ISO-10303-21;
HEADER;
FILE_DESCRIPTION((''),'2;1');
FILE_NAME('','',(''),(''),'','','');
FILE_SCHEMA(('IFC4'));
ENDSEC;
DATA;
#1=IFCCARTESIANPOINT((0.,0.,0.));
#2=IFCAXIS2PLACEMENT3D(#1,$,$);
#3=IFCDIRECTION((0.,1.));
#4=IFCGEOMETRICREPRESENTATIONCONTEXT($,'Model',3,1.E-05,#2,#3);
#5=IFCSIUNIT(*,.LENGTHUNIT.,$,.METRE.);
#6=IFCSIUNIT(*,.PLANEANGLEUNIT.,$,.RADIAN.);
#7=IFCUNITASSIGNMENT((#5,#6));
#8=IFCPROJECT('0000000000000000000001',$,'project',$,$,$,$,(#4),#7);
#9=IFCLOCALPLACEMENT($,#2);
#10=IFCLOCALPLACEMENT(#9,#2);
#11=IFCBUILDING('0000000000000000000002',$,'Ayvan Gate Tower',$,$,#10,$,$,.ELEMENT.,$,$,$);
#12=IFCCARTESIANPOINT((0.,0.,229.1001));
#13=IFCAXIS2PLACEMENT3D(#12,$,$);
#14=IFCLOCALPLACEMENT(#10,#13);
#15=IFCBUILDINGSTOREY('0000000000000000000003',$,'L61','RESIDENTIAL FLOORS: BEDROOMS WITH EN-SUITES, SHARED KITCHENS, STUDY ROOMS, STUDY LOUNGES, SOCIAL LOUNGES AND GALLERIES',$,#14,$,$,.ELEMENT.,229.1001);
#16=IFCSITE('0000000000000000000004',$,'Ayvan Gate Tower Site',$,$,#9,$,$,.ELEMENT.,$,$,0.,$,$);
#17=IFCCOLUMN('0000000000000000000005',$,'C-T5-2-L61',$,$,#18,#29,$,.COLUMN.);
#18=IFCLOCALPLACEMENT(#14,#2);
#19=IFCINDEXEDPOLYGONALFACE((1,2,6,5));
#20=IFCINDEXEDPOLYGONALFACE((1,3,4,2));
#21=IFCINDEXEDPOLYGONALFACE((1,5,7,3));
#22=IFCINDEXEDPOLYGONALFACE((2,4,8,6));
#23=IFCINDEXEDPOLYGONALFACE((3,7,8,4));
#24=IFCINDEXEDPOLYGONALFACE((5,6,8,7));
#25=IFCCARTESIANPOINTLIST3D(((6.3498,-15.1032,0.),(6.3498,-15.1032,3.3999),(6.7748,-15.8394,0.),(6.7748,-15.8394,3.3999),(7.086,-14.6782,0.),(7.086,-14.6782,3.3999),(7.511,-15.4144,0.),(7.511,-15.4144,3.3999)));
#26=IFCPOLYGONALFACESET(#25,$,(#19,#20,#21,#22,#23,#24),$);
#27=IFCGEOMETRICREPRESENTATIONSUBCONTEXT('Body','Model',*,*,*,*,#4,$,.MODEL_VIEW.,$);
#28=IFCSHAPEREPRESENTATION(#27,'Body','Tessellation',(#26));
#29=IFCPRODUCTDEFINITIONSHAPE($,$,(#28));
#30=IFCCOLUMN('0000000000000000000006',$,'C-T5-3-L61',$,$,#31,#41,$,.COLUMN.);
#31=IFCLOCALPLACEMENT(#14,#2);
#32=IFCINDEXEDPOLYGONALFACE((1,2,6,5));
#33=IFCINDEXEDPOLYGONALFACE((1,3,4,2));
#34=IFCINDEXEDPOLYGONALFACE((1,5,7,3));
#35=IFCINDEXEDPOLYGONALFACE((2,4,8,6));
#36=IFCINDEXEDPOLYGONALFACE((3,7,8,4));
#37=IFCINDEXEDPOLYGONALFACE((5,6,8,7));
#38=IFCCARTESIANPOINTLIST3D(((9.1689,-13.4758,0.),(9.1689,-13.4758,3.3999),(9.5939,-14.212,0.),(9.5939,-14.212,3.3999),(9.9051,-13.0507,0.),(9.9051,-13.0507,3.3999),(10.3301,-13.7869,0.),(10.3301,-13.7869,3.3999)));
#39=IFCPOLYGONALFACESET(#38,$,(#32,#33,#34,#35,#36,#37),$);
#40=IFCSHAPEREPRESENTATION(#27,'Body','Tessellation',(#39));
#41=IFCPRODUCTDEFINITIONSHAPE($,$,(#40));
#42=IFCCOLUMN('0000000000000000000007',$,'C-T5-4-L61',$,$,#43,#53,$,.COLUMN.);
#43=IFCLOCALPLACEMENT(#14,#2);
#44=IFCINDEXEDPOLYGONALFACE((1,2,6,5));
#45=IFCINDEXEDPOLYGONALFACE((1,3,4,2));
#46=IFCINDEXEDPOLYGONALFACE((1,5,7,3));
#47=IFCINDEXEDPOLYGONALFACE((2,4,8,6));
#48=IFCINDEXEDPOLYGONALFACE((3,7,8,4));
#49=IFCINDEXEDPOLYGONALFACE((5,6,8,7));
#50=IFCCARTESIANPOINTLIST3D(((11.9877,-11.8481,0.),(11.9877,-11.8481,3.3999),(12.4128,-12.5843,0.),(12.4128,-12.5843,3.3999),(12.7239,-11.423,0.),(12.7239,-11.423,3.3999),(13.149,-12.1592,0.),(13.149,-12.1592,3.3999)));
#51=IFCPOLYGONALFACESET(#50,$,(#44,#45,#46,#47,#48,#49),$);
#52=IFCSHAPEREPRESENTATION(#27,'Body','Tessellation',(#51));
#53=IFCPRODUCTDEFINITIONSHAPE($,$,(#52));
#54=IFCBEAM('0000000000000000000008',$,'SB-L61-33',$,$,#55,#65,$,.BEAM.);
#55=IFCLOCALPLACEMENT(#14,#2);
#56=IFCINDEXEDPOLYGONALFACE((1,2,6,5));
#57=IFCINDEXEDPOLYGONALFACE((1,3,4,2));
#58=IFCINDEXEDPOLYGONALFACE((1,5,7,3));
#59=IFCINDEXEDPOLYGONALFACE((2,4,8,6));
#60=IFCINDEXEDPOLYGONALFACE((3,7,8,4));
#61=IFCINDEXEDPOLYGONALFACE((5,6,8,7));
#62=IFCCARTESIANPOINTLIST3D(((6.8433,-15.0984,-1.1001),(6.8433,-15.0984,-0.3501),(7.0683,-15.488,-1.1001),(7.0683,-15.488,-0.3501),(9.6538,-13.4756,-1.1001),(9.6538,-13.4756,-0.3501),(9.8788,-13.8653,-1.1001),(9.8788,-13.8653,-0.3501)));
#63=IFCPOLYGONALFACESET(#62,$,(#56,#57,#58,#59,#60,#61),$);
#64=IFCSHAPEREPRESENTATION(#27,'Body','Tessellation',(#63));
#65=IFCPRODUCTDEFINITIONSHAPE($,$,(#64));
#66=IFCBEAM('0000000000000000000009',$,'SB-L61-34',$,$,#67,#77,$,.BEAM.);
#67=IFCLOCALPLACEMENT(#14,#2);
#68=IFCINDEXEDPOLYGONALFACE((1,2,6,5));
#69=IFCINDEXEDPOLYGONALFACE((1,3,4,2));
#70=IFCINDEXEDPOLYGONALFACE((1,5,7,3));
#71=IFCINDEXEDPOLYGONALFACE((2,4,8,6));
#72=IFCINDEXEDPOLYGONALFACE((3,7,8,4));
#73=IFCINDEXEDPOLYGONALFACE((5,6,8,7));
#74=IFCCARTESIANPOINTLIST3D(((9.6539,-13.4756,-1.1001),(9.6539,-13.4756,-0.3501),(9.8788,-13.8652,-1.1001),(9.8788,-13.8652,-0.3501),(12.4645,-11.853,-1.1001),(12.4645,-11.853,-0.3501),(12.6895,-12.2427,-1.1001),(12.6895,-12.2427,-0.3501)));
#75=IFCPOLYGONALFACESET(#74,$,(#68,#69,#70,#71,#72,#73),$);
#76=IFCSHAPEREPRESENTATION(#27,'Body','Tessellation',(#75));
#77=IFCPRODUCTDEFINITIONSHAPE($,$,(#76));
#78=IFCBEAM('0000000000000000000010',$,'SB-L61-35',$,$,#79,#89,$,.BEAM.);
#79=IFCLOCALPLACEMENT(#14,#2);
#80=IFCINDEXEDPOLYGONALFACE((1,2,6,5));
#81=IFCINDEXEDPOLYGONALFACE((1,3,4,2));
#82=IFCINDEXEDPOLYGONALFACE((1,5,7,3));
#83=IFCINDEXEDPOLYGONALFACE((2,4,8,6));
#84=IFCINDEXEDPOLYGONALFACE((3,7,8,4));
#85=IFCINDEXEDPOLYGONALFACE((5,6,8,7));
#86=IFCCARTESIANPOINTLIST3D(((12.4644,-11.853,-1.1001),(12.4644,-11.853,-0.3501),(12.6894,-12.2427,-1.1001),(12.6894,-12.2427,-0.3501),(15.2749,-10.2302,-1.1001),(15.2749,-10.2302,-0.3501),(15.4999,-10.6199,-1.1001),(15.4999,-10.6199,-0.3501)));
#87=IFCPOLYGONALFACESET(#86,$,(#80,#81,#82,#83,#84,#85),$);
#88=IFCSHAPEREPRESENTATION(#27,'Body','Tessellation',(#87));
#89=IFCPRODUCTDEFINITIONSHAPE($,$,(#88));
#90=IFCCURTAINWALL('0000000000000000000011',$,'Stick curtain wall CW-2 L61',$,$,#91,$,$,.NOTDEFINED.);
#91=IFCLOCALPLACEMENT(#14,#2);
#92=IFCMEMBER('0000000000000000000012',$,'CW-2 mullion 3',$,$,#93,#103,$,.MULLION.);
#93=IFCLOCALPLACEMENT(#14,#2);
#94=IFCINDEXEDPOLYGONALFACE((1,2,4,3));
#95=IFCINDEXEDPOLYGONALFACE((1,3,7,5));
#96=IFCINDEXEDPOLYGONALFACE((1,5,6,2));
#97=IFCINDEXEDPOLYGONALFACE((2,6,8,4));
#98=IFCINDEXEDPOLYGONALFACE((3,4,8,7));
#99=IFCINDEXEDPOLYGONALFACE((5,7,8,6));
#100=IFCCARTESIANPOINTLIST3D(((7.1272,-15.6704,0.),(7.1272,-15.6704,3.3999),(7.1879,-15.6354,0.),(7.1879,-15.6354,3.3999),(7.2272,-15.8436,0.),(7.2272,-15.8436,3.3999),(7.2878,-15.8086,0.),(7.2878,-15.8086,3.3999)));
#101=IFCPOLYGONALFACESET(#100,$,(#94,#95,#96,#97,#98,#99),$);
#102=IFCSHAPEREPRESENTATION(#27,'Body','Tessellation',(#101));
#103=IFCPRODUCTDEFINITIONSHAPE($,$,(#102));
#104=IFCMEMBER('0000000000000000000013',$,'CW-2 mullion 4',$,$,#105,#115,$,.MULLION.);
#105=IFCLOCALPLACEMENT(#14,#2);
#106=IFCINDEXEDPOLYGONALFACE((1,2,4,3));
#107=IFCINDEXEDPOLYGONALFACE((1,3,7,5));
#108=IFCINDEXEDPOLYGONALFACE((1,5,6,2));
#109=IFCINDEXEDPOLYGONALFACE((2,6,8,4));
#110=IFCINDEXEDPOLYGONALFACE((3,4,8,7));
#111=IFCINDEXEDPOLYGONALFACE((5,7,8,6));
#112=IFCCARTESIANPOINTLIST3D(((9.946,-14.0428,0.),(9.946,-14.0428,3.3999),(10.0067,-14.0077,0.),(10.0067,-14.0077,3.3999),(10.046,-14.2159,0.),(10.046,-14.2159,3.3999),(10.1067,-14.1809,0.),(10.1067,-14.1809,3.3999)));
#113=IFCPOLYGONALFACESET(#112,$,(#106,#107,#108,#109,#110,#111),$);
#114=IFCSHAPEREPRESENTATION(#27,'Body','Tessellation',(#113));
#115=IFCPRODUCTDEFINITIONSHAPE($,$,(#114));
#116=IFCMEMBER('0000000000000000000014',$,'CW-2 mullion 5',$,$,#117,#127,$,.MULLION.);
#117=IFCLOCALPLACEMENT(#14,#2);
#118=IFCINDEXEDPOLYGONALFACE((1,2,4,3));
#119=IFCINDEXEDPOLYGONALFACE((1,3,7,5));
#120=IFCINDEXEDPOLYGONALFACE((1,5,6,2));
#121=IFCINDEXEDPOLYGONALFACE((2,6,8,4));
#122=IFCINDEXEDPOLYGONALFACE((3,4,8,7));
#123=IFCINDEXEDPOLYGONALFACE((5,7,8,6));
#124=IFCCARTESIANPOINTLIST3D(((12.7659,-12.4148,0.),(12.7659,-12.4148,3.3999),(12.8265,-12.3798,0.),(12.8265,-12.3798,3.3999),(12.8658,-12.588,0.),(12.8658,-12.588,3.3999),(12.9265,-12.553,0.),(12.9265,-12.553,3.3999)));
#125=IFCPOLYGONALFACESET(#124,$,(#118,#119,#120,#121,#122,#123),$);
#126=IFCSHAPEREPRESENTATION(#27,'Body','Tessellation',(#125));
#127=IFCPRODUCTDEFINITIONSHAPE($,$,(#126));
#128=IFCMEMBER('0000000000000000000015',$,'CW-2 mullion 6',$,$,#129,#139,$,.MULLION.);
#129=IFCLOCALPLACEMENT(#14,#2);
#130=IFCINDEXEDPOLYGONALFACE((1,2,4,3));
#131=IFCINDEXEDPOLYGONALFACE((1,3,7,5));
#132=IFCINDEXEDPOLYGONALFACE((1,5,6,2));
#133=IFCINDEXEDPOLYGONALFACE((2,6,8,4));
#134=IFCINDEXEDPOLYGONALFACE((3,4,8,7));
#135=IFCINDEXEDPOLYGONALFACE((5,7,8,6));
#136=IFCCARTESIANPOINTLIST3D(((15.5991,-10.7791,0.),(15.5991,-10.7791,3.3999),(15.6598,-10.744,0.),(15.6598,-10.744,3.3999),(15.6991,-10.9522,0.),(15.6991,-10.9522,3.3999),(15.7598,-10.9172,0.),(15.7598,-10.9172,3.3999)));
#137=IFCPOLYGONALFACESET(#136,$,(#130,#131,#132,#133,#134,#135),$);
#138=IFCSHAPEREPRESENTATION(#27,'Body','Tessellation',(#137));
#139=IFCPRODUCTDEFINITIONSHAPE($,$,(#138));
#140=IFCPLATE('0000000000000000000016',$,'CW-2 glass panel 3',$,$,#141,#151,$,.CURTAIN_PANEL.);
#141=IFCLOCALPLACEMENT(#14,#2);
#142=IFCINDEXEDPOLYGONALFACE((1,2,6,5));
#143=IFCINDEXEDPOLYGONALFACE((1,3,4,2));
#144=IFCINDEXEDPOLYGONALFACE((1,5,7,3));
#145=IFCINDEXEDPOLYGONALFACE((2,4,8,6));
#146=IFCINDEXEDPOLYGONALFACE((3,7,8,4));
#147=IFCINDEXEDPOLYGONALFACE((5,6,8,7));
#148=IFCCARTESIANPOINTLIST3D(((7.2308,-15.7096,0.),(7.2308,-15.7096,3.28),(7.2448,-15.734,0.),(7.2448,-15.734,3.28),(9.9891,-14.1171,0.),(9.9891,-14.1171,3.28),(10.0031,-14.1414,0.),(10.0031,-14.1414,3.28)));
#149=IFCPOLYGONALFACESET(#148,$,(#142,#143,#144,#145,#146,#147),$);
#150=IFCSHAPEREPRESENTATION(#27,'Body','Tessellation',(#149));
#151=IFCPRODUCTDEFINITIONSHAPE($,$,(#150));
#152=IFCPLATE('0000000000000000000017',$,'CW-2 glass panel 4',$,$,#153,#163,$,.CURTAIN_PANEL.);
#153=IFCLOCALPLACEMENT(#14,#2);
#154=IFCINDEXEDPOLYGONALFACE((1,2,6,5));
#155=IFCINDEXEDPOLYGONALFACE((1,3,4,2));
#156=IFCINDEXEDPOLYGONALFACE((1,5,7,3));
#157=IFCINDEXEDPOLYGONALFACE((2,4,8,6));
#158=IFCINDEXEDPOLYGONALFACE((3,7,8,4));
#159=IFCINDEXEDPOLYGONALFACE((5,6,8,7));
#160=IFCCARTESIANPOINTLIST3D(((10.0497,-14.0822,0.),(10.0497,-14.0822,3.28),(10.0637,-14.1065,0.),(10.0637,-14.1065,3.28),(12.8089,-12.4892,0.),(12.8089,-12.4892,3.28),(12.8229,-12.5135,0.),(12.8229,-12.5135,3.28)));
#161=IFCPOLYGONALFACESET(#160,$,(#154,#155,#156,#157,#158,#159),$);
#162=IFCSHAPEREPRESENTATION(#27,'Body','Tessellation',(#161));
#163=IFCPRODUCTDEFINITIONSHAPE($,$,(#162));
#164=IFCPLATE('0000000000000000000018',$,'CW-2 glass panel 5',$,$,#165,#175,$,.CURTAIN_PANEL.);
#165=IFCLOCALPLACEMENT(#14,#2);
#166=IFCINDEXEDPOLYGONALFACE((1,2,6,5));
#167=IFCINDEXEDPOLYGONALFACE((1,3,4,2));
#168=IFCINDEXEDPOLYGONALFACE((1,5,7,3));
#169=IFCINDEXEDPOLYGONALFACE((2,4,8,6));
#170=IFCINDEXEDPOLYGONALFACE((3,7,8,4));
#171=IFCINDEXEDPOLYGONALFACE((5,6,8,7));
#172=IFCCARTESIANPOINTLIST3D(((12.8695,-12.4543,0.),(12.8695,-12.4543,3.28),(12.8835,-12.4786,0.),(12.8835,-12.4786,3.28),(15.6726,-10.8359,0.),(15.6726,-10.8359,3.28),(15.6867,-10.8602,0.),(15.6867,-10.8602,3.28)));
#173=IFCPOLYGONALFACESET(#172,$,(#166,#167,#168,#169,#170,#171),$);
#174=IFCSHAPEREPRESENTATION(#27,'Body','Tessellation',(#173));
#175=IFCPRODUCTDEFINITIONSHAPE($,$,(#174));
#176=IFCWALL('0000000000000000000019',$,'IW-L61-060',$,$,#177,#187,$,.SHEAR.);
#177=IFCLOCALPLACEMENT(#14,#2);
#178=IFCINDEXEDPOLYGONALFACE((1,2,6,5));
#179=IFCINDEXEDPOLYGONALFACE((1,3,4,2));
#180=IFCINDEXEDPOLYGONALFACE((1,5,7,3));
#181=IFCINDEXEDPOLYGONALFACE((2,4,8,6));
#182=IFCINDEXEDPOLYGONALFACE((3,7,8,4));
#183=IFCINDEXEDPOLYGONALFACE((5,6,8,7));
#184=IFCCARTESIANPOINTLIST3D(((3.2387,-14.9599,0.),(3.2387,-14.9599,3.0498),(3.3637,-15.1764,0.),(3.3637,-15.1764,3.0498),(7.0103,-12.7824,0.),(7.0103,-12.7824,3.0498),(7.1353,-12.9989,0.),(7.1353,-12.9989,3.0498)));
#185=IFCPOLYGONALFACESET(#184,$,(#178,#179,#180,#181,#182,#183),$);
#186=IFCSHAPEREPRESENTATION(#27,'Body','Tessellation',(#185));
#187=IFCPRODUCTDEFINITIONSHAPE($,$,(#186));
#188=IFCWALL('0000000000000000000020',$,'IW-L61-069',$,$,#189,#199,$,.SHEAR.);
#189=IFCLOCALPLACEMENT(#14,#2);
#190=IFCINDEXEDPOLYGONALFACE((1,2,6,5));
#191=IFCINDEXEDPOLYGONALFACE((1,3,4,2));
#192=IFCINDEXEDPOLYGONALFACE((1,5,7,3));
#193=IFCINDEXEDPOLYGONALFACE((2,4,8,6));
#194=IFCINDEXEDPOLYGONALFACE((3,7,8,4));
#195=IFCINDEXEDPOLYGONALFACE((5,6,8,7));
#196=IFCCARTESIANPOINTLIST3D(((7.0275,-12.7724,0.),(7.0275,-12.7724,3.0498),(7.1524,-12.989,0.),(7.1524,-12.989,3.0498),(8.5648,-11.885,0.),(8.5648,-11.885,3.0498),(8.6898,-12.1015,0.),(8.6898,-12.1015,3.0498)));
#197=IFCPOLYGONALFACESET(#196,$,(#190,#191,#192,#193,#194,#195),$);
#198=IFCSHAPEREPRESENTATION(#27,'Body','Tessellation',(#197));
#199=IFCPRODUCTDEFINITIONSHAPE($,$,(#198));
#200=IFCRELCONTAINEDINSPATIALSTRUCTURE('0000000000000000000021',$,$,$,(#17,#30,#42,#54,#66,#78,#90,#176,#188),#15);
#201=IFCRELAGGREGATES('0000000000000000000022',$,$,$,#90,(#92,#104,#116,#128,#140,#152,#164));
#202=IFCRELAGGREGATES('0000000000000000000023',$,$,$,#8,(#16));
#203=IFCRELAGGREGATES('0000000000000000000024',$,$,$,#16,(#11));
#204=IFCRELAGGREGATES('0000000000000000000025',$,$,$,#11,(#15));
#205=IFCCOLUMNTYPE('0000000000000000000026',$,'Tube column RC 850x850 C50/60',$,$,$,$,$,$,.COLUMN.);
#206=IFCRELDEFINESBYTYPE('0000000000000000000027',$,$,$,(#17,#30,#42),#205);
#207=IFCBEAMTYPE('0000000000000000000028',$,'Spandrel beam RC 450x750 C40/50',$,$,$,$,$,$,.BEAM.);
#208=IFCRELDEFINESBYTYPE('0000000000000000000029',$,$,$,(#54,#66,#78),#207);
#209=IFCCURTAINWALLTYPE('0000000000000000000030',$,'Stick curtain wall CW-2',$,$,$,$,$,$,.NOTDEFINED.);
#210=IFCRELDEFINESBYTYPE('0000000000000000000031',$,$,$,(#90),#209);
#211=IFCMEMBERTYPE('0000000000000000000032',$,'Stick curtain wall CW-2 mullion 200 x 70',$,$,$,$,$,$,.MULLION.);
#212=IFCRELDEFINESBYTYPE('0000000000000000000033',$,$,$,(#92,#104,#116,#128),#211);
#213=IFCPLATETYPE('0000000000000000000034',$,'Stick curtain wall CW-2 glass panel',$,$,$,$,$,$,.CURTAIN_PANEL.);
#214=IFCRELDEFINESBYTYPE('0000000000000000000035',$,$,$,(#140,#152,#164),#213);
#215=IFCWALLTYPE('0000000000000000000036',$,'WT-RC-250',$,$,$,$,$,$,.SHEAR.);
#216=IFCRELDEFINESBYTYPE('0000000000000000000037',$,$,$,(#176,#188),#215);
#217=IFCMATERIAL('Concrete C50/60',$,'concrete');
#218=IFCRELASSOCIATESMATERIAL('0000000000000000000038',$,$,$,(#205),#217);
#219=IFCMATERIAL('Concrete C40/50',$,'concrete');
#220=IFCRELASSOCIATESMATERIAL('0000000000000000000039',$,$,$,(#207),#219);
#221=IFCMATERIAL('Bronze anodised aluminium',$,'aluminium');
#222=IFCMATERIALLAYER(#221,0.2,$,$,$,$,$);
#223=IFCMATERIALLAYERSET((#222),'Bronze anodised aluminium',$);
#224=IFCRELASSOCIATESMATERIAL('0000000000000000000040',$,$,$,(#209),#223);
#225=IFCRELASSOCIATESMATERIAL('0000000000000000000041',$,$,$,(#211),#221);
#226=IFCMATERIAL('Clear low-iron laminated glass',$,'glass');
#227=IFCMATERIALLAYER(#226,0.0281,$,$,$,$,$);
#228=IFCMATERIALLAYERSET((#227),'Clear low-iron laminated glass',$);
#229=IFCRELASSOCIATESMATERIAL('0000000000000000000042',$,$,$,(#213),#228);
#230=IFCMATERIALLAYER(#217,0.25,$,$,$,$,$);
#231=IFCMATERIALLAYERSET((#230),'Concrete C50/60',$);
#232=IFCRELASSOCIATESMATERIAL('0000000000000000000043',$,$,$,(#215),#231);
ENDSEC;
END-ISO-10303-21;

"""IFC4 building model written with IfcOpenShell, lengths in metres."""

from ifc_helpers import new_model, si_unit, direction, frame, frame_2d, origin, origin_2d, place, context, subcontext, project, spatial, rectangle, extrude, material, layer, layer_set, material_profile, profile_set, type_object, element, aggregate, save


model = new_model("IFC4")

# Units and contexts
model_context = context("Model", 3, precision=1e-05, world=origin(), true_north=direction((0.0, 1.0)))
body_context = subcontext(model_context, "Body", "Model", "MODEL_VIEW")
ifc_project = project(units=[si_unit("LENGTHUNIT", "METRE"), si_unit("PLANEANGLEUNIT", "RADIAN")], contexts=[model_context])

# Site, building, storey
site_placement = place(None, origin())
site = spatial("IfcSite", under=ifc_project, at=site_placement, Name="Ayvan Gate Tower Site", CompositionType="ELEMENT", RefElevation=0.0)
building_placement = place(site_placement, origin())
building = spatial("IfcBuilding", under=site, at=building_placement, Name="Ayvan Gate Tower", CompositionType="ELEMENT")
storey_placement = place(building_placement, frame((0.0, 0.0, 229.1001)))
storey = spatial("IfcBuildingStorey", under=building, at=storey_placement, Name="L61", Description="RESIDENTIAL FLOORS: BEDROOMS WITH EN-SUITES, SHARED KITCHENS, STUDY ROOMS, STUDY LOUNGES, SOCIAL LOUNGES AND GALLERIES", CompositionType="ELEMENT", Elevation=229.1001)

# Columns
ifc_material_1 = material(Name="Concrete C50/60", Category="concrete")
ifc_material_profile_1 = material_profile(ifc_material_1, rectangle(XDim=0.8501, YDim=0.8501, at=origin_2d()), Name="RC 850x850")
ifc_profile_set_1 = profile_set([ifc_material_profile_1], Name="Concrete C50/60")
column_type = type_object("IfcColumnType", Name="Tube column RC 850x850 C50/60", PredefinedType="COLUMN", material=ifc_profile_set_1)
for number, where, z_axis, x_axis, name in (
    (1, (6.9304, -15.2588, 0.0), (0.0, 0.0, 1.0), (0.5, -0.866025, 0.0), "C-T5-2-L61"),
    (2, (9.7495, -13.6313, 0.0), (0.0, 0.0, 1.0), (0.5, -0.866025, 0.0), "C-T5-3-L61"),
    (3, (12.5684, -12.0037, 0.0), (0.0, 0.0, 1.0), (0.5, -0.866025, 0.0), "C-T5-4-L61"),
):
    element("IfcColumn", number, at=place(storey_placement, frame(where, z_axis=z_axis, x_axis=x_axis)), inside=storey, type_object=column_type, Name=name, PredefinedType="COLUMN", context=body_context, shape_type="SweptSolid", body=[
        extrude(rectangle(XDim=0.8501, YDim=0.8501, at=origin_2d()), origin(), (0.0, 0.0, 1.0), 3.3999),
    ])

# Beams
ifc_material_2 = material(Name="Concrete C40/50", Category="concrete")
ifc_material_profile_2 = material_profile(ifc_material_2, rectangle(XDim=0.45, YDim=0.75, at=origin_2d()), Name="RC 450x750")
ifc_profile_set_2 = profile_set([ifc_material_profile_2], Name="Concrete C40/50")
beam_type = type_object("IfcBeamType", Name="Spandrel beam RC 450x750 C40/50", PredefinedType="BEAM", material=ifc_profile_set_2)
for number, where, z_axis, x_axis, name in (
    (4, (6.9558, -15.2932, -0.7251), (0.866008, 0.500031, 0.0), (-0.500031, 0.866008, 0.0), "SB-L61-33"),
    (5, (9.7664, -13.6704, -0.7251), (0.86604, 0.499974, 0.0), (-0.499974, 0.86604, 0.0), "SB-L61-34"),
    (6, (12.5769, -12.0479, -0.7251), (0.866008, 0.500031, 0.0), (-0.500031, 0.866008, 0.0), "SB-L61-35"),
):
    element("IfcBeam", number, at=place(storey_placement, frame(where, z_axis=z_axis, x_axis=x_axis)), inside=storey, type_object=beam_type, Name=name, PredefinedType="BEAM", context=body_context, shape_type="SweptSolid", body=[
        extrude(rectangle(XDim=0.45, YDim=0.75, at=origin_2d()), origin(), (0.0, 0.0, 1.0), 3.2454),
    ])

# Curtain wall, members, plates
ifc_material_3 = material(Name="Bronze anodised aluminium", Category="aluminium")
ifc_layer_1 = layer(ifc_material_3, 0.2)
ifc_layer_set_1 = layer_set([ifc_layer_1], Name="Bronze anodised aluminium")
curtain_wall_type = type_object("IfcCurtainWallType", Name="Stick curtain wall CW-2", PredefinedType="NOTDEFINED", material=ifc_layer_set_1)
curtain_wall_placement = place(storey_placement, origin())
curtain_wall = element("IfcCurtainWall", 7, at=curtain_wall_placement, inside=storey, type_object=curtain_wall_type, Name="Stick curtain wall CW-2 L61", PredefinedType="NOTDEFINED")
ifc_material_profile_3 = material_profile(ifc_material_3, rectangle(XDim=0.2, YDim=0.0701, at=origin_2d()), Name="Stick curtain wall CW-2 mullion 200 x 70")
ifc_profile_set_3 = profile_set([ifc_material_profile_3], Name="Bronze anodised aluminium")
member_type = type_object("IfcMemberType", Name="Stick curtain wall CW-2 mullion 200 x 70", PredefinedType="MULLION", material=ifc_profile_set_3)
member_1_placement = place(storey_placement, frame((7.2075, -15.7395, 0.0), z_axis=(0.0, 0.0, 1.0), x_axis=(0.5, -0.866025, 0.0)))
member_1 = element("IfcMember", 8, at=member_1_placement, type_object=member_type, Name="CW-2 mullion 3", PredefinedType="MULLION", context=body_context, shape_type="SweptSolid", body=[
    extrude(rectangle(XDim=0.2, YDim=0.0701, at=origin_2d()), origin(), (0.0, 0.0, 1.0), 3.3999),
])
member_2_placement = place(storey_placement, frame((10.0264, -14.1118, 0.0), z_axis=(0.0, 0.0, 1.0), x_axis=(0.5, -0.866025, 0.0)))
member_2 = element("IfcMember", 9, at=member_2_placement, type_object=member_type, Name="CW-2 mullion 4", PredefinedType="MULLION", context=body_context, shape_type="SweptSolid", body=[
    extrude(rectangle(XDim=0.2, YDim=0.0701, at=origin_2d()), origin(), (0.0, 0.0, 1.0), 3.3999),
])
member_3_placement = place(storey_placement, frame((12.8462, -12.4839, 0.0), z_axis=(0.0, 0.0, 1.0), x_axis=(0.5, -0.866025, 0.0)))
member_3 = element("IfcMember", 10, at=member_3_placement, type_object=member_type, Name="CW-2 mullion 5", PredefinedType="MULLION", context=body_context, shape_type="SweptSolid", body=[
    extrude(rectangle(XDim=0.2, YDim=0.0701, at=origin_2d()), origin(), (0.0, 0.0, 1.0), 3.3999),
])
member_4_placement = place(storey_placement, frame((15.6794, -10.8481, 0.0), z_axis=(0.0, 0.0, 1.0), x_axis=(0.5, -0.866025, 0.0)))
member_4 = element("IfcMember", 11, at=member_4_placement, type_object=member_type, Name="CW-2 mullion 6", PredefinedType="MULLION", context=body_context, shape_type="SweptSolid", body=[
    extrude(rectangle(XDim=0.2, YDim=0.0701, at=origin_2d()), origin(), (0.0, 0.0, 1.0), 3.3999),
])
ifc_material_4 = material(Name="Clear low-iron laminated glass", Category="glass")
ifc_layer_2 = layer(ifc_material_4, 0.0281)
ifc_layer_set_2 = layer_set([ifc_layer_2], Name="Clear low-iron laminated glass")
plate_type = type_object("IfcPlateType", Name="Stick curtain wall CW-2 glass panel", PredefinedType="CURTAIN_PANEL", material=ifc_layer_set_2)
plate_1_placement = place(storey_placement, frame((8.6169, -14.9255, 0.0), z_axis=(0.0, 0.0, 1.0), x_axis=(0.866025, 0.5, 0.0)))
plate_1 = element("IfcPlate", 12, at=plate_1_placement, type_object=plate_type, Name="CW-2 glass panel 3", PredefinedType="CURTAIN_PANEL", context=body_context, shape_type="SweptSolid", body=[
    extrude(rectangle(XDim=3.1851, YDim=0.0281, at=origin_2d()), origin(), (0.0, 0.0, 1.0), 3.28),
])
plate_2_placement = place(storey_placement, frame((11.4363, -13.2979, 0.0), z_axis=(0.0, 0.0, 1.0), x_axis=(0.866025, 0.5, 0.0)))
plate_2 = element("IfcPlate", 13, at=plate_2_placement, type_object=plate_type, Name="CW-2 glass panel 4", PredefinedType="CURTAIN_PANEL", context=body_context, shape_type="SweptSolid", body=[
    extrude(rectangle(XDim=3.186, YDim=0.0281, at=origin_2d()), origin(), (0.0, 0.0, 1.0), 3.28),
])
plate_3_placement = place(storey_placement, frame((14.2781, -11.6572, 0.0), z_axis=(0.0, 0.0, 1.0), x_axis=(0.866025, 0.5, 0.0)))
plate_3 = element("IfcPlate", 14, at=plate_3_placement, type_object=plate_type, Name="CW-2 glass panel 5", PredefinedType="CURTAIN_PANEL", context=body_context, shape_type="SweptSolid", body=[
    extrude(rectangle(XDim=3.2368, YDim=0.0281, at=origin_2d()), origin(), (0.0, 0.0, 1.0), 3.28),
])
aggregate(curtain_wall, [member_1, member_2, member_3, member_4, plate_1, plate_2, plate_3])

# Walls
ifc_layer_3 = layer(ifc_material_1, 0.25)
ifc_layer_set_3 = layer_set([ifc_layer_3], Name="Concrete C50/60")
wall_type = type_object("IfcWallType", Name="WT-RC-250", PredefinedType="SHEAR", material=ifc_layer_set_3)
wall_1_placement = place(storey_placement, frame((7.0728, -12.8906, 0.0), z_axis=(0.0, 0.0, 1.0), x_axis=(-0.866023, -0.500004, 0.0)))
element("IfcWall", 15, at=wall_1_placement, inside=storey, type_object=wall_type, Name="IW-L61-060", PredefinedType="SHEAR", context=body_context, shape_type="SweptSolid", body=[
    extrude(rectangle(XDim=4.355, YDim=0.25, at=frame_2d((2.1775, 0.0))), origin(), (0.0, 0.0, 1.0), 3.0498),
])
wall_2_placement = place(storey_placement, frame((8.6274, -11.9932, 0.0), z_axis=(0.0, 0.0, 1.0), x_axis=(-0.86606, -0.499941, 0.0)))
element("IfcWall", 16, at=wall_2_placement, inside=storey, type_object=wall_type, Name="IW-L61-069", PredefinedType="SHEAR", context=body_context, shape_type="SweptSolid", body=[
    extrude(rectangle(XDim=1.7751, YDim=0.25, at=frame_2d((0.8877, 0.0))), origin(), (0.0, 0.0, 1.0), 3.0498),
])

save(model, "model.ifc")
